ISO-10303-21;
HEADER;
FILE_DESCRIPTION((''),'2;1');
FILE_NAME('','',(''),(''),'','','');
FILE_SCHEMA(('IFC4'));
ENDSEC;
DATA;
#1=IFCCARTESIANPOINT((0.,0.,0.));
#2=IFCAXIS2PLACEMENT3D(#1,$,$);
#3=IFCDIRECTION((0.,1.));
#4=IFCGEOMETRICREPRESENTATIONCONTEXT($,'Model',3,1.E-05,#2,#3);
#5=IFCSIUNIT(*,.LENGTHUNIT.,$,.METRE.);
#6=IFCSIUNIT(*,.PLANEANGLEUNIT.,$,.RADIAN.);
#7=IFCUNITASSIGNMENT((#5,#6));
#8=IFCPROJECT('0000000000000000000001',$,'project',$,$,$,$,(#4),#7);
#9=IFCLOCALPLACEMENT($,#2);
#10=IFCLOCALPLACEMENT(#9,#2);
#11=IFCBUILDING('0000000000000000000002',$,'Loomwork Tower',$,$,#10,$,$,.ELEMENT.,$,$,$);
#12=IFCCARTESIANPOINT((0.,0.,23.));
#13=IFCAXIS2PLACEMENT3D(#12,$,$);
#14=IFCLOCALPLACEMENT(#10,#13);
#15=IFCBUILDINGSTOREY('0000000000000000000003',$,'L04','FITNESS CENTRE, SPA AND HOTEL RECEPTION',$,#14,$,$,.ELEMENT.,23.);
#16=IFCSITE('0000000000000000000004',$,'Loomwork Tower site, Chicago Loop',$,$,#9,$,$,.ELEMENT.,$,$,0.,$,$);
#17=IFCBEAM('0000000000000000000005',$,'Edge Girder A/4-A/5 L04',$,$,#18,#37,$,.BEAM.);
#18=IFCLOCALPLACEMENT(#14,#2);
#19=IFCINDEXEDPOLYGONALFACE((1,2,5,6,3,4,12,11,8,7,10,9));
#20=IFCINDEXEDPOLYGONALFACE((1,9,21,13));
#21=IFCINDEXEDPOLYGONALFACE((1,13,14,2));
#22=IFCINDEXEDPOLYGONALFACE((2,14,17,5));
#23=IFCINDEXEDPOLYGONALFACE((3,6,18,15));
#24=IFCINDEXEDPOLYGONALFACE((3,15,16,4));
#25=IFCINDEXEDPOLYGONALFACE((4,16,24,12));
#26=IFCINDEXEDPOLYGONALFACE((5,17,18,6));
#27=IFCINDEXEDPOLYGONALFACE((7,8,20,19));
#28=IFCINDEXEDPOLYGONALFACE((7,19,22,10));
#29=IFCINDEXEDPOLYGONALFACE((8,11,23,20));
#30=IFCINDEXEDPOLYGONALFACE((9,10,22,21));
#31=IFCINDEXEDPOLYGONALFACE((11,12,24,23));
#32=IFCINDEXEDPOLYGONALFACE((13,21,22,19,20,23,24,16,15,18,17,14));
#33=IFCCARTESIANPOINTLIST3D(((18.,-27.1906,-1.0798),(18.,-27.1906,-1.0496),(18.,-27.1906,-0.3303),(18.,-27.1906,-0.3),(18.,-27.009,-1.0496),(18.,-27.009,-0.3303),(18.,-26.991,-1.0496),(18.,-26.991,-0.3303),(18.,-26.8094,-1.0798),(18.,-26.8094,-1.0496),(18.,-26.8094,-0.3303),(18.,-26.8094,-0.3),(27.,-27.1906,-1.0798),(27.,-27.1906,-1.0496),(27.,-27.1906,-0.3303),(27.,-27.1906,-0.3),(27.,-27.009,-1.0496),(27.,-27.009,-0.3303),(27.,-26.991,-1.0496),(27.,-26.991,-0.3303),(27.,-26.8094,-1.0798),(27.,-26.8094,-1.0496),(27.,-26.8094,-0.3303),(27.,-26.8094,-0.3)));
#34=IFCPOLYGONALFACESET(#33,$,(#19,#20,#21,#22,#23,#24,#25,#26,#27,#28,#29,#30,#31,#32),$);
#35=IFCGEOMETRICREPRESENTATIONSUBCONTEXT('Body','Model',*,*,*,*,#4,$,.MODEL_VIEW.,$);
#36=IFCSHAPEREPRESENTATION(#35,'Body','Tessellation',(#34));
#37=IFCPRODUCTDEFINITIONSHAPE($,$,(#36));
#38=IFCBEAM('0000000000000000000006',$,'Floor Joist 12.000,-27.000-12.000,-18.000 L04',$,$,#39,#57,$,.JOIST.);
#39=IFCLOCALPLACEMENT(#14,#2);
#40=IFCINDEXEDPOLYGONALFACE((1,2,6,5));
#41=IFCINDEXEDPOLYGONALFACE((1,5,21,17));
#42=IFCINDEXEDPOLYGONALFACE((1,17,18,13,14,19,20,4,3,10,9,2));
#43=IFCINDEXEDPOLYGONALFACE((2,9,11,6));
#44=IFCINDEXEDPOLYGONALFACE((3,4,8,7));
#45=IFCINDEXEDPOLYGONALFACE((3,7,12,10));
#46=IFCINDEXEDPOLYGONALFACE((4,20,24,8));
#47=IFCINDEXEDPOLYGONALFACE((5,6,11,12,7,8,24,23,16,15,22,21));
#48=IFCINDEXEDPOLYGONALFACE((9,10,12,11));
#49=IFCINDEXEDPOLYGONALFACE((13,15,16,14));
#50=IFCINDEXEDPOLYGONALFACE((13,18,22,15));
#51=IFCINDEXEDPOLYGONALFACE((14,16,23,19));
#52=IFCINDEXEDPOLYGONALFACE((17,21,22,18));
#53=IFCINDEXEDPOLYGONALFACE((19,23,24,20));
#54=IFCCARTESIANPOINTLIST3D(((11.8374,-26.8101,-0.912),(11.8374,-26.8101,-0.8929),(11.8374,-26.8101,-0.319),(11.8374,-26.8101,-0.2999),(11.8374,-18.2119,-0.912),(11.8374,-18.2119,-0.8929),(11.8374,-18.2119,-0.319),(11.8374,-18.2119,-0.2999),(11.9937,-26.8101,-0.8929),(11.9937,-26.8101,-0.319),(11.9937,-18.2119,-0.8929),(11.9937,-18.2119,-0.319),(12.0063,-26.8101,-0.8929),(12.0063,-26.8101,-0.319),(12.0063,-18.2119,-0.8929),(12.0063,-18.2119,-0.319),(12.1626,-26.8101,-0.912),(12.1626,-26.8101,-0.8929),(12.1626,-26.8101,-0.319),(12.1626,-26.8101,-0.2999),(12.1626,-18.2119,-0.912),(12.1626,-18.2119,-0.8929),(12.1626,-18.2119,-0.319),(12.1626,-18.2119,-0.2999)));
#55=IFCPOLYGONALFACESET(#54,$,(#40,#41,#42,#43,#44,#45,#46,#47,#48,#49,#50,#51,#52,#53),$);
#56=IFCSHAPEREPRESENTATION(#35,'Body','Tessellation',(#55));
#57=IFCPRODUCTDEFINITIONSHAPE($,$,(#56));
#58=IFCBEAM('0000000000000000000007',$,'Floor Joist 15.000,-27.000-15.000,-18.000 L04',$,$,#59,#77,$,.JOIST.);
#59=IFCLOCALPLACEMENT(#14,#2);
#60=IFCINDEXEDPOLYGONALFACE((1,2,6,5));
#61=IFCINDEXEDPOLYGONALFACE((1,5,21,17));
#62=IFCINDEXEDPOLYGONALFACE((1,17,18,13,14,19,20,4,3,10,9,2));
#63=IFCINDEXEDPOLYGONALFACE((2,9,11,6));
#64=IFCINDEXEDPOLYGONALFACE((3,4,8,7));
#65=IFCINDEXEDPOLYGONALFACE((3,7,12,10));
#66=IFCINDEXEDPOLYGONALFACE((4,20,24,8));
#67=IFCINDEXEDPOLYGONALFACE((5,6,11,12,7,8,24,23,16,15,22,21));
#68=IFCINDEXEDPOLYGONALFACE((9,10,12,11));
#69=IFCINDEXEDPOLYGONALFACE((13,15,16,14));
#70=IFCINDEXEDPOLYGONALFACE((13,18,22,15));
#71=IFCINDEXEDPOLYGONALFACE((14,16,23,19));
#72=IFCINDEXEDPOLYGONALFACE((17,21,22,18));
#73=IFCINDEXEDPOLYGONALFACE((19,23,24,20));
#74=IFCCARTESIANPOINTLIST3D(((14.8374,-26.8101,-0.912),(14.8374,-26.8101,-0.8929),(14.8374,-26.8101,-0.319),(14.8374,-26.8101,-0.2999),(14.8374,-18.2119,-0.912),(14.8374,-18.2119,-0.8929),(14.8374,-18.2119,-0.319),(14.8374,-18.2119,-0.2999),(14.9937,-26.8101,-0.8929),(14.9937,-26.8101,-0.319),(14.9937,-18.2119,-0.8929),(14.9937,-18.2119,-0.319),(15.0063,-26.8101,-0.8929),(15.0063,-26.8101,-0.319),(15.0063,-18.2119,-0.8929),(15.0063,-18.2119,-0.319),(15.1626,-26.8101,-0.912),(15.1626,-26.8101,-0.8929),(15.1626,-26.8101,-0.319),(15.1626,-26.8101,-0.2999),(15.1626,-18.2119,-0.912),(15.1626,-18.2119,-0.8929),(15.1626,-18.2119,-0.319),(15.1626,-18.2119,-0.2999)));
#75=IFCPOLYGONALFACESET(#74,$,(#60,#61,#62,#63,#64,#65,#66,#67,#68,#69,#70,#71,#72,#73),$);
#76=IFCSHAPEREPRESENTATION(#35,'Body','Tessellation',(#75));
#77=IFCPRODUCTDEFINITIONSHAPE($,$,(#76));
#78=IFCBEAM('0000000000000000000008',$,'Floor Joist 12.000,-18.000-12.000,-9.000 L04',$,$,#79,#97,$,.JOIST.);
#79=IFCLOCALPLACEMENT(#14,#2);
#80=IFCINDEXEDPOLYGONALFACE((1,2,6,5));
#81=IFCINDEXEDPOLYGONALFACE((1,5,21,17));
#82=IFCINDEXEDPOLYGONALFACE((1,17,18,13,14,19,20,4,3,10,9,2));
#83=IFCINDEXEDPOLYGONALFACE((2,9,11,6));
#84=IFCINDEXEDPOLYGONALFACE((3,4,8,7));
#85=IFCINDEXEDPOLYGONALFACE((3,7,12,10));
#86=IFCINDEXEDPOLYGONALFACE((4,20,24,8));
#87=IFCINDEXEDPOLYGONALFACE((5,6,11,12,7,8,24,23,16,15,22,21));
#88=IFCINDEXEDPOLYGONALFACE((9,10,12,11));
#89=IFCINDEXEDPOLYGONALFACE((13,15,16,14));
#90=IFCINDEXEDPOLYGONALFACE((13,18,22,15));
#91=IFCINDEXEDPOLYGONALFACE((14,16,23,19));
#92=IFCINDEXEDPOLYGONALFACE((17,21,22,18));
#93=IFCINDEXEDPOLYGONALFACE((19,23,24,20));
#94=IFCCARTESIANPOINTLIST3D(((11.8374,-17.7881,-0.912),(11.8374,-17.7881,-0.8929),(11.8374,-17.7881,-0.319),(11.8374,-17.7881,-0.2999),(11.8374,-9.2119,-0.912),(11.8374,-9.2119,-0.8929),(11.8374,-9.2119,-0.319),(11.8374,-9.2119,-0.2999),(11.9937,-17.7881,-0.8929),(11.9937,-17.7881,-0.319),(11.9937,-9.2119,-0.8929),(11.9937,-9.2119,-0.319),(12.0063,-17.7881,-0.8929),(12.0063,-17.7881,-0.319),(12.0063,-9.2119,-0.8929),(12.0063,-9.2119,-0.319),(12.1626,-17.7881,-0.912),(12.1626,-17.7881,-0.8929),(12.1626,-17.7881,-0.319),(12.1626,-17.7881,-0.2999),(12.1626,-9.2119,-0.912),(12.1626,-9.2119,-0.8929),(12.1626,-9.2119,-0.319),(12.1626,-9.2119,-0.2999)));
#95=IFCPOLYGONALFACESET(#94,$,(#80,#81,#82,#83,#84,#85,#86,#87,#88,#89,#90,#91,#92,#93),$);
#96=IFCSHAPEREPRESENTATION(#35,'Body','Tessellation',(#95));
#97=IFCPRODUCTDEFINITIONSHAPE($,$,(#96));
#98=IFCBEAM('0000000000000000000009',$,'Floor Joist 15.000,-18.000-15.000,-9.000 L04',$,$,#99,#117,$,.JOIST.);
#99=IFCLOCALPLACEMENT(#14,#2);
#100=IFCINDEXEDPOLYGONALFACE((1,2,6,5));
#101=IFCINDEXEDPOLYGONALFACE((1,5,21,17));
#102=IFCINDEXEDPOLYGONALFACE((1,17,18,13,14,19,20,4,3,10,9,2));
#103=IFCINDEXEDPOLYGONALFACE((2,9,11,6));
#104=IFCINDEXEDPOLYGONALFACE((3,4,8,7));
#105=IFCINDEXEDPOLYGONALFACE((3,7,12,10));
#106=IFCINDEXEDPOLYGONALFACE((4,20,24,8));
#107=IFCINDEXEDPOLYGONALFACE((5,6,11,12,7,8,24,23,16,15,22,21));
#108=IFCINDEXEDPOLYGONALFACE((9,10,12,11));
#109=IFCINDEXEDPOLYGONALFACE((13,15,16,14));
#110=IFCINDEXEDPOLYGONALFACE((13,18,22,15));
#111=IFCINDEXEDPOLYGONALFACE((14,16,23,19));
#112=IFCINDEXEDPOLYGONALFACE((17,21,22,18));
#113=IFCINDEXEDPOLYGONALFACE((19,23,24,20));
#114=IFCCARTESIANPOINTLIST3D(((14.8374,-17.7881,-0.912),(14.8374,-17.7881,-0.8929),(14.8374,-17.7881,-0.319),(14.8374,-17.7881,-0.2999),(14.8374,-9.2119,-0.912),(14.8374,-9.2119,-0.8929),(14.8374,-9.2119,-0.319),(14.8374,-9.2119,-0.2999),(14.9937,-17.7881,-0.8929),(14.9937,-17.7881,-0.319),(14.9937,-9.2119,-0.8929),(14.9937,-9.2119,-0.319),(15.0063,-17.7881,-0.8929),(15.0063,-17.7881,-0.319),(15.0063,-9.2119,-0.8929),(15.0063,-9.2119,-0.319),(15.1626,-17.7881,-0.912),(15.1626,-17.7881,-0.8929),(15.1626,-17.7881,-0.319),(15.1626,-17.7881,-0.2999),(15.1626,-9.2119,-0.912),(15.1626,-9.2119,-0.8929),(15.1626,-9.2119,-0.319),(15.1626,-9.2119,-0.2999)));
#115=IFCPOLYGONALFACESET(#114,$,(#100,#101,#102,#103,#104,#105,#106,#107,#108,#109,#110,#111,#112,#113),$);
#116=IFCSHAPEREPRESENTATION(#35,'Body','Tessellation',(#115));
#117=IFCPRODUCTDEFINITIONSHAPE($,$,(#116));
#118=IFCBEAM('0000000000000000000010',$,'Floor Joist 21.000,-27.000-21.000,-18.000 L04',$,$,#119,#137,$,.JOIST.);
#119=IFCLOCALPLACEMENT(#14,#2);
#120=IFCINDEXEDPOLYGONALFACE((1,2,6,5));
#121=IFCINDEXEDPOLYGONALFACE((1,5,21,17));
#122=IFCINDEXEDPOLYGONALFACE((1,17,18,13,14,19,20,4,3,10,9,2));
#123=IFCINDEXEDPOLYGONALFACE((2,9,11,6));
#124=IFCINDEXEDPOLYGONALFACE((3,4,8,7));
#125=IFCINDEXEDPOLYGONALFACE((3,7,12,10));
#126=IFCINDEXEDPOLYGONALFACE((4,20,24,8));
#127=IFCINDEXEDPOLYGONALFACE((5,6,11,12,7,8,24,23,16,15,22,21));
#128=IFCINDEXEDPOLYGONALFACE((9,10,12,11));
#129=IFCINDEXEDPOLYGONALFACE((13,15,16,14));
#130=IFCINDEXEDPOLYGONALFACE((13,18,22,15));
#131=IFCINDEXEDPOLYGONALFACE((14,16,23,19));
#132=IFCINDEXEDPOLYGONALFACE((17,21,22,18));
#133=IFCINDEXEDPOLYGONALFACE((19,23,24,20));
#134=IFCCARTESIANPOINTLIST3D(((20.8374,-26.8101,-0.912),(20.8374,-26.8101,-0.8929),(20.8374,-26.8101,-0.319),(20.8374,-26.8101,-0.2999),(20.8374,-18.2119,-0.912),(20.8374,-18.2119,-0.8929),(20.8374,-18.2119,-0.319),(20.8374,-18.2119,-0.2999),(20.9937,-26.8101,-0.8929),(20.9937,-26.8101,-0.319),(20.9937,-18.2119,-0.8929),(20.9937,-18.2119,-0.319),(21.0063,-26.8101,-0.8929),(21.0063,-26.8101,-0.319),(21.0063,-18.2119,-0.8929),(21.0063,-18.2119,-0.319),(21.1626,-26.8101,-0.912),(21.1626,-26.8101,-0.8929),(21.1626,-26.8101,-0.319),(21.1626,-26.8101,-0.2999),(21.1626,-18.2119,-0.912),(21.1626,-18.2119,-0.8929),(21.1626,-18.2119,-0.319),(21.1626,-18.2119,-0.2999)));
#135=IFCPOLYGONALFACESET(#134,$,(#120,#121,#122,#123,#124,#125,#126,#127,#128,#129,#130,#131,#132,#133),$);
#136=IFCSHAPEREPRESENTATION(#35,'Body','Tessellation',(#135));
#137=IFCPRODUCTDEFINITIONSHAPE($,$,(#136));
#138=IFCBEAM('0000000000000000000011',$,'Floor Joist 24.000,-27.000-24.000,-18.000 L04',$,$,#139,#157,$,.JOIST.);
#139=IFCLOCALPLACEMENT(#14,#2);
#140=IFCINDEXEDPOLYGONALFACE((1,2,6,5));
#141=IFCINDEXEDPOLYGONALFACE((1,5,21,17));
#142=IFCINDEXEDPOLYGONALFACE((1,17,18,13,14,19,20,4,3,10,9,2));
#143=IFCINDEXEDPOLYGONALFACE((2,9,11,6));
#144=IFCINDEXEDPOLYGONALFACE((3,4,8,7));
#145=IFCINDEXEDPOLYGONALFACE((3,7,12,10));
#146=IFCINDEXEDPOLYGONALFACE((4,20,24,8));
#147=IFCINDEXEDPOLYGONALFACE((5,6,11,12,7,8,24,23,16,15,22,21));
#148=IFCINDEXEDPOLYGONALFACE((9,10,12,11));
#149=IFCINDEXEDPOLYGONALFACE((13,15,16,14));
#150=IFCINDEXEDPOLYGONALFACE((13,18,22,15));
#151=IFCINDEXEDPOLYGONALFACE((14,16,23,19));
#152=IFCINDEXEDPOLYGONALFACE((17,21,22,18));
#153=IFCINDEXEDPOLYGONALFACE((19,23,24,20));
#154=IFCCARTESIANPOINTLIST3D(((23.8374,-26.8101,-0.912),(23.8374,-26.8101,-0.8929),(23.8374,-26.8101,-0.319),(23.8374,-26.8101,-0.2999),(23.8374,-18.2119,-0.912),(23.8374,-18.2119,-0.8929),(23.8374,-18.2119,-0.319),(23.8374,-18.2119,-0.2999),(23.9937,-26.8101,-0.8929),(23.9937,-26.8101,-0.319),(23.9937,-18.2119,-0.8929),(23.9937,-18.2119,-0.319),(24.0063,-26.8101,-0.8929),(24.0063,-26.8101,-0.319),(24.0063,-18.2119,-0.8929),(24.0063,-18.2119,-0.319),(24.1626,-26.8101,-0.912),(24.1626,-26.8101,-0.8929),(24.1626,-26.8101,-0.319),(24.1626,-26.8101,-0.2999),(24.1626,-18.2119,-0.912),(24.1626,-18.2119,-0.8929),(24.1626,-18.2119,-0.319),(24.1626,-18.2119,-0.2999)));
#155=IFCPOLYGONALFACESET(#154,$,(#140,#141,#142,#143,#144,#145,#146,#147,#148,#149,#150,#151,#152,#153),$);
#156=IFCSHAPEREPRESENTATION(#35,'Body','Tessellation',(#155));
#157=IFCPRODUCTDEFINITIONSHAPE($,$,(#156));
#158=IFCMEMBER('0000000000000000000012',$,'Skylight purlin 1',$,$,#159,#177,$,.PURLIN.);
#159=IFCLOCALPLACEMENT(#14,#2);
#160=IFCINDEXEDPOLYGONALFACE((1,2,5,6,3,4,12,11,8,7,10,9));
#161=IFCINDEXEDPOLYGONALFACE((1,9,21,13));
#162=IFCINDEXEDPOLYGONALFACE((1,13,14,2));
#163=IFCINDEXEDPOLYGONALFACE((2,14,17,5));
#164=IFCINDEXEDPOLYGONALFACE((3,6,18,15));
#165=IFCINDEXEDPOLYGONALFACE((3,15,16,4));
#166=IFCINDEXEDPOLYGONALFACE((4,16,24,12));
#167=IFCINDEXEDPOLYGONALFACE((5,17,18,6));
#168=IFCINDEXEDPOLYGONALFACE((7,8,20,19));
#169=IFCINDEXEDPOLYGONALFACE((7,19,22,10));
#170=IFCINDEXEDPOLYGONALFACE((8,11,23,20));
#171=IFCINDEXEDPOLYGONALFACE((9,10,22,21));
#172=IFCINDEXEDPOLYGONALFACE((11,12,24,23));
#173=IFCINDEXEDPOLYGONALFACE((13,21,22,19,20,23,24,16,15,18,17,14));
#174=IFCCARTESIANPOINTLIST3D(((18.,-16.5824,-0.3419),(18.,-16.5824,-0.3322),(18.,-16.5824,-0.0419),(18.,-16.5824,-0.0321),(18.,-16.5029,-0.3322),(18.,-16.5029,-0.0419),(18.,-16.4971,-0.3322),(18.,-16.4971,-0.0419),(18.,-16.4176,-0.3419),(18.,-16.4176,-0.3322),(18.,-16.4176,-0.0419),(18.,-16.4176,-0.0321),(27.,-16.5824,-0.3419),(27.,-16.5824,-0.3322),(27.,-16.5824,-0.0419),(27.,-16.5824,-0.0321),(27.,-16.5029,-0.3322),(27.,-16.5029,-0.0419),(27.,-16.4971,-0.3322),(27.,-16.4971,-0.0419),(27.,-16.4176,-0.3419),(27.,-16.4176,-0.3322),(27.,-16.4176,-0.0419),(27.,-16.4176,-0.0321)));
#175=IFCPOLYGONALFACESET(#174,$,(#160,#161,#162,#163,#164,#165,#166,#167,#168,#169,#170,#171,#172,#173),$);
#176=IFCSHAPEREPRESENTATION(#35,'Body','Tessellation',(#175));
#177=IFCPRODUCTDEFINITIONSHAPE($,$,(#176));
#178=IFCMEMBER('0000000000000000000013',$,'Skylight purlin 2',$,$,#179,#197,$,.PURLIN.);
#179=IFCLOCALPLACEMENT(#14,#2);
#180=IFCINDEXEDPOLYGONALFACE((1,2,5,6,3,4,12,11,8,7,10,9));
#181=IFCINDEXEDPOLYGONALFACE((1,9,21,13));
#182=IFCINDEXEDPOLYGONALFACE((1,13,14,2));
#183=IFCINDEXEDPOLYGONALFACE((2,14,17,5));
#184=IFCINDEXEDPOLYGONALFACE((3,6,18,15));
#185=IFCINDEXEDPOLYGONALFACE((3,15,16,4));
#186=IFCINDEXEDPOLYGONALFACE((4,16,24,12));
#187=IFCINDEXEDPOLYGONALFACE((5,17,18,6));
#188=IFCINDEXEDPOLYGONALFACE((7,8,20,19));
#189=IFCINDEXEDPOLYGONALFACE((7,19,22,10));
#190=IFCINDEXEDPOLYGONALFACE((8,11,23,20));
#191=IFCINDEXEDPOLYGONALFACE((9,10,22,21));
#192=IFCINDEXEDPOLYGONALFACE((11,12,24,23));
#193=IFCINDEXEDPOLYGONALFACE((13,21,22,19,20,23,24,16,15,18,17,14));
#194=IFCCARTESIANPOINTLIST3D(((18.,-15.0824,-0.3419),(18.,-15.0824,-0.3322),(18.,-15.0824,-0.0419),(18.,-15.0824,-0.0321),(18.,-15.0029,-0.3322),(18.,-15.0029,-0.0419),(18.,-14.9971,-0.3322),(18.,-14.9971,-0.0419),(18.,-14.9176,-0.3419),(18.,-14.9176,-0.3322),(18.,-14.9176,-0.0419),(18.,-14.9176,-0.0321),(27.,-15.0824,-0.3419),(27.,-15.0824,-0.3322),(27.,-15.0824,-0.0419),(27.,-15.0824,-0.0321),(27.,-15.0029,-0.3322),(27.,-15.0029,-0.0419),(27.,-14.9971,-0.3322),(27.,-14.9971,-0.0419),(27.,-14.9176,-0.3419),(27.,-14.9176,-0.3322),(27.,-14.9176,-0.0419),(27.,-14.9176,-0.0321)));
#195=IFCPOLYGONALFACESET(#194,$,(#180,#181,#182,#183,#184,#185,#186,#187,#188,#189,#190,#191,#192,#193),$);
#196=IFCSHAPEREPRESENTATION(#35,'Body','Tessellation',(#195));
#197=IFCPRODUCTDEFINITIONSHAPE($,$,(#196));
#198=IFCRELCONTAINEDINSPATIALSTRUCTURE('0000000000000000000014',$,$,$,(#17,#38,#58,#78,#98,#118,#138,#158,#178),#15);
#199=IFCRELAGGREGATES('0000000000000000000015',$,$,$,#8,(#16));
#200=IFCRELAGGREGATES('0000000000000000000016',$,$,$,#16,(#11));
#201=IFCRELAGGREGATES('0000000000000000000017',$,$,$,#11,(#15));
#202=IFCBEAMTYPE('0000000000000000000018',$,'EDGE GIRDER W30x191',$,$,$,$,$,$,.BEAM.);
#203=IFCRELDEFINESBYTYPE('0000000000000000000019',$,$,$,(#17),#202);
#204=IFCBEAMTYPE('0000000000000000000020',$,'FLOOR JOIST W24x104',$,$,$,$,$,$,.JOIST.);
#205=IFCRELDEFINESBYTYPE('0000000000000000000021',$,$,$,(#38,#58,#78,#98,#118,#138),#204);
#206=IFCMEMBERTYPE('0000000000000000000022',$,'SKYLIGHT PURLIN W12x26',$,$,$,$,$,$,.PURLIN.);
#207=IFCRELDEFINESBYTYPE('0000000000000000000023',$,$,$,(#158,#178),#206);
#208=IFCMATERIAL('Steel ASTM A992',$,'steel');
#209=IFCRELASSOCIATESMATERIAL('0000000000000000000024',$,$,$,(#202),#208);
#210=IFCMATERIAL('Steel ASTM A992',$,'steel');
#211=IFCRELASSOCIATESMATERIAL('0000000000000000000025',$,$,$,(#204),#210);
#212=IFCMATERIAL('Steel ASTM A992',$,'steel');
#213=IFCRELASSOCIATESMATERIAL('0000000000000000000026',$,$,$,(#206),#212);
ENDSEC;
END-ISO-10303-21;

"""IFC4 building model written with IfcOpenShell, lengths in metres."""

from ifc_helpers import new_model, si_unit, direction, frame, origin, origin_2d, place, context, subcontext, project, spatial, i_section, extrude, material, material_profile, profile_set, type_object, element, save


model = new_model("IFC4")

# Units and contexts
model_context = context("Model", 3, precision=1e-05, world=origin(), true_north=direction((0.0, 1.0)))
body_context = subcontext(model_context, "Body", "Model", "MODEL_VIEW")
ifc_project = project(units=[si_unit("LENGTHUNIT", "METRE"), si_unit("PLANEANGLEUNIT", "RADIAN")], contexts=[model_context])

# Site, building, storey
site_placement = place(None, origin())
site = spatial("IfcSite", under=ifc_project, at=site_placement, Name="Loomwork Tower site, Chicago Loop", CompositionType="ELEMENT", RefElevation=0.0)
building_placement = place(site_placement, origin())
building = spatial("IfcBuilding", under=site, at=building_placement, Name="Loomwork Tower", CompositionType="ELEMENT")
storey_placement = place(building_placement, frame((0.0, 0.0, 23.0)))
storey = spatial("IfcBuildingStorey", under=building, at=storey_placement, Name="L04", Description="FITNESS CENTRE, SPA AND HOTEL RECEPTION", CompositionType="ELEMENT", Elevation=23.0)

# Beams
ifc_material_1 = material(Name="Steel ASTM A992", Category="steel")
ifc_material_profile_1 = material_profile(ifc_material_1, i_section(OverallWidth=0.3811, OverallDepth=0.7798, WebThickness=0.0181, FlangeThickness=0.0303, at=origin_2d()), Name="W30x191")
ifc_profile_set_1 = profile_set([ifc_material_profile_1], Name="Steel ASTM A992")
beam_type_1 = type_object("IfcBeamType", Name="EDGE GIRDER W30x191", PredefinedType="BEAM", material=ifc_profile_set_1)
beam_placement = place(storey_placement, frame((18.0, -27.0, -0.6899), z_axis=(1.0, 0.0, 0.0), x_axis=(0.0, 1.0, 0.0)))
element("IfcBeam", 1, at=beam_placement, inside=storey, type_object=beam_type_1, Name="Edge Girder A/4-A/5 L04", PredefinedType="BEAM", context=body_context, shape_type="SweptSolid", body=[
    extrude(i_section(OverallWidth=0.3811, OverallDepth=0.7798, WebThickness=0.0181, FlangeThickness=0.0303, at=origin_2d()), origin(), (0.0, 0.0, 1.0), 9.0),
])
ifc_material_2 = material(Name="Steel ASTM A992", Category="steel")
ifc_material_profile_2 = material_profile(ifc_material_2, i_section(OverallWidth=0.3252, OverallDepth=0.6121, WebThickness=0.0127, FlangeThickness=0.019, at=origin_2d()), Name="W24x104")
ifc_profile_set_2 = profile_set([ifc_material_profile_2], Name="Steel ASTM A992")
beam_type_2 = type_object("IfcBeamType", Name="FLOOR JOIST W24x104", PredefinedType="JOIST", material=ifc_profile_set_2)
for number, where, z_axis, x_axis, name in (
    (2, (12.0, -26.8101, -0.606), (0.0, 1.0, 0.0), (-1.0, 0.0, 0.0), "Floor Joist 12.000,-27.000-12.000,-18.000 L04"),
    (3, (15.0, -26.8101, -0.606), (0.0, 1.0, 0.0), (-1.0, 0.0, 0.0), "Floor Joist 15.000,-27.000-15.000,-18.000 L04"),
):
    element("IfcBeam", number, at=place(storey_placement, frame(where, z_axis=z_axis, x_axis=x_axis)), inside=storey, type_object=beam_type_2, Name=name, PredefinedType="JOIST", context=body_context, shape_type="SweptSolid", body=[
        extrude(i_section(OverallWidth=0.3252, OverallDepth=0.6121, WebThickness=0.0127, FlangeThickness=0.019, at=origin_2d()), origin(), (0.0, 0.0, 1.0), 8.5981),
    ])
for number, where, z_axis, x_axis, name in (
    (4, (12.0, -17.7881, -0.606), (0.0, 1.0, 0.0), (-1.0, 0.0, 0.0), "Floor Joist 12.000,-18.000-12.000,-9.000 L04"),
    (5, (15.0, -17.7881, -0.606), (0.0, 1.0, 0.0), (-1.0, 0.0, 0.0), "Floor Joist 15.000,-18.000-15.000,-9.000 L04"),
):
    element("IfcBeam", number, at=place(storey_placement, frame(where, z_axis=z_axis, x_axis=x_axis)), inside=storey, type_object=beam_type_2, Name=name, PredefinedType="JOIST", context=body_context, shape_type="SweptSolid", body=[
        extrude(i_section(OverallWidth=0.3252, OverallDepth=0.6121, WebThickness=0.0127, FlangeThickness=0.019, at=origin_2d()), origin(), (0.0, 0.0, 1.0), 8.5762),
    ])
for number, where, z_axis, x_axis, name in (
    (6, (21.0, -26.8101, -0.606), (0.0, 1.0, 0.0), (-1.0, 0.0, 0.0), "Floor Joist 21.000,-27.000-21.000,-18.000 L04"),
    (7, (24.0, -26.8101, -0.606), (0.0, 1.0, 0.0), (-1.0, 0.0, 0.0), "Floor Joist 24.000,-27.000-24.000,-18.000 L04"),
):
    element("IfcBeam", number, at=place(storey_placement, frame(where, z_axis=z_axis, x_axis=x_axis)), inside=storey, type_object=beam_type_2, Name=name, PredefinedType="JOIST", context=body_context, shape_type="SweptSolid", body=[
        extrude(i_section(OverallWidth=0.3252, OverallDepth=0.6121, WebThickness=0.0127, FlangeThickness=0.019, at=origin_2d()), origin(), (0.0, 0.0, 1.0), 8.5981),
    ])

# Members
ifc_material_3 = material(Name="Steel ASTM A992", Category="steel")
ifc_material_profile_3 = material_profile(ifc_material_3, i_section(OverallWidth=0.1648, OverallDepth=0.3098, WebThickness=0.0059, FlangeThickness=0.0098, at=origin_2d()), Name="W12x26")
ifc_profile_set_3 = profile_set([ifc_material_profile_3], Name="Steel ASTM A992")
member_type = type_object("IfcMemberType", Name="SKYLIGHT PURLIN W12x26", PredefinedType="PURLIN", material=ifc_profile_set_3)
for number, where, z_axis, x_axis, name in (
    (8, (18.0, -16.5, -0.187), (1.0, 0.0, 0.0), (0.0, 1.0, 0.0), "Skylight purlin 1"),
    (9, (18.0, -15.0, -0.187), (1.0, 0.0, 0.0), (0.0, 1.0, 0.0), "Skylight purlin 2"),
):
    element("IfcMember", number, at=place(storey_placement, frame(where, z_axis=z_axis, x_axis=x_axis)), inside=storey, type_object=member_type, Name=name, PredefinedType="PURLIN", context=body_context, shape_type="SweptSolid", body=[
        extrude(i_section(OverallWidth=0.1648, OverallDepth=0.3098, WebThickness=0.0059, FlangeThickness=0.0098, at=origin_2d()), origin(), (0.0, 0.0, 1.0), 9.0),
    ])

save(model, "model.ifc")
